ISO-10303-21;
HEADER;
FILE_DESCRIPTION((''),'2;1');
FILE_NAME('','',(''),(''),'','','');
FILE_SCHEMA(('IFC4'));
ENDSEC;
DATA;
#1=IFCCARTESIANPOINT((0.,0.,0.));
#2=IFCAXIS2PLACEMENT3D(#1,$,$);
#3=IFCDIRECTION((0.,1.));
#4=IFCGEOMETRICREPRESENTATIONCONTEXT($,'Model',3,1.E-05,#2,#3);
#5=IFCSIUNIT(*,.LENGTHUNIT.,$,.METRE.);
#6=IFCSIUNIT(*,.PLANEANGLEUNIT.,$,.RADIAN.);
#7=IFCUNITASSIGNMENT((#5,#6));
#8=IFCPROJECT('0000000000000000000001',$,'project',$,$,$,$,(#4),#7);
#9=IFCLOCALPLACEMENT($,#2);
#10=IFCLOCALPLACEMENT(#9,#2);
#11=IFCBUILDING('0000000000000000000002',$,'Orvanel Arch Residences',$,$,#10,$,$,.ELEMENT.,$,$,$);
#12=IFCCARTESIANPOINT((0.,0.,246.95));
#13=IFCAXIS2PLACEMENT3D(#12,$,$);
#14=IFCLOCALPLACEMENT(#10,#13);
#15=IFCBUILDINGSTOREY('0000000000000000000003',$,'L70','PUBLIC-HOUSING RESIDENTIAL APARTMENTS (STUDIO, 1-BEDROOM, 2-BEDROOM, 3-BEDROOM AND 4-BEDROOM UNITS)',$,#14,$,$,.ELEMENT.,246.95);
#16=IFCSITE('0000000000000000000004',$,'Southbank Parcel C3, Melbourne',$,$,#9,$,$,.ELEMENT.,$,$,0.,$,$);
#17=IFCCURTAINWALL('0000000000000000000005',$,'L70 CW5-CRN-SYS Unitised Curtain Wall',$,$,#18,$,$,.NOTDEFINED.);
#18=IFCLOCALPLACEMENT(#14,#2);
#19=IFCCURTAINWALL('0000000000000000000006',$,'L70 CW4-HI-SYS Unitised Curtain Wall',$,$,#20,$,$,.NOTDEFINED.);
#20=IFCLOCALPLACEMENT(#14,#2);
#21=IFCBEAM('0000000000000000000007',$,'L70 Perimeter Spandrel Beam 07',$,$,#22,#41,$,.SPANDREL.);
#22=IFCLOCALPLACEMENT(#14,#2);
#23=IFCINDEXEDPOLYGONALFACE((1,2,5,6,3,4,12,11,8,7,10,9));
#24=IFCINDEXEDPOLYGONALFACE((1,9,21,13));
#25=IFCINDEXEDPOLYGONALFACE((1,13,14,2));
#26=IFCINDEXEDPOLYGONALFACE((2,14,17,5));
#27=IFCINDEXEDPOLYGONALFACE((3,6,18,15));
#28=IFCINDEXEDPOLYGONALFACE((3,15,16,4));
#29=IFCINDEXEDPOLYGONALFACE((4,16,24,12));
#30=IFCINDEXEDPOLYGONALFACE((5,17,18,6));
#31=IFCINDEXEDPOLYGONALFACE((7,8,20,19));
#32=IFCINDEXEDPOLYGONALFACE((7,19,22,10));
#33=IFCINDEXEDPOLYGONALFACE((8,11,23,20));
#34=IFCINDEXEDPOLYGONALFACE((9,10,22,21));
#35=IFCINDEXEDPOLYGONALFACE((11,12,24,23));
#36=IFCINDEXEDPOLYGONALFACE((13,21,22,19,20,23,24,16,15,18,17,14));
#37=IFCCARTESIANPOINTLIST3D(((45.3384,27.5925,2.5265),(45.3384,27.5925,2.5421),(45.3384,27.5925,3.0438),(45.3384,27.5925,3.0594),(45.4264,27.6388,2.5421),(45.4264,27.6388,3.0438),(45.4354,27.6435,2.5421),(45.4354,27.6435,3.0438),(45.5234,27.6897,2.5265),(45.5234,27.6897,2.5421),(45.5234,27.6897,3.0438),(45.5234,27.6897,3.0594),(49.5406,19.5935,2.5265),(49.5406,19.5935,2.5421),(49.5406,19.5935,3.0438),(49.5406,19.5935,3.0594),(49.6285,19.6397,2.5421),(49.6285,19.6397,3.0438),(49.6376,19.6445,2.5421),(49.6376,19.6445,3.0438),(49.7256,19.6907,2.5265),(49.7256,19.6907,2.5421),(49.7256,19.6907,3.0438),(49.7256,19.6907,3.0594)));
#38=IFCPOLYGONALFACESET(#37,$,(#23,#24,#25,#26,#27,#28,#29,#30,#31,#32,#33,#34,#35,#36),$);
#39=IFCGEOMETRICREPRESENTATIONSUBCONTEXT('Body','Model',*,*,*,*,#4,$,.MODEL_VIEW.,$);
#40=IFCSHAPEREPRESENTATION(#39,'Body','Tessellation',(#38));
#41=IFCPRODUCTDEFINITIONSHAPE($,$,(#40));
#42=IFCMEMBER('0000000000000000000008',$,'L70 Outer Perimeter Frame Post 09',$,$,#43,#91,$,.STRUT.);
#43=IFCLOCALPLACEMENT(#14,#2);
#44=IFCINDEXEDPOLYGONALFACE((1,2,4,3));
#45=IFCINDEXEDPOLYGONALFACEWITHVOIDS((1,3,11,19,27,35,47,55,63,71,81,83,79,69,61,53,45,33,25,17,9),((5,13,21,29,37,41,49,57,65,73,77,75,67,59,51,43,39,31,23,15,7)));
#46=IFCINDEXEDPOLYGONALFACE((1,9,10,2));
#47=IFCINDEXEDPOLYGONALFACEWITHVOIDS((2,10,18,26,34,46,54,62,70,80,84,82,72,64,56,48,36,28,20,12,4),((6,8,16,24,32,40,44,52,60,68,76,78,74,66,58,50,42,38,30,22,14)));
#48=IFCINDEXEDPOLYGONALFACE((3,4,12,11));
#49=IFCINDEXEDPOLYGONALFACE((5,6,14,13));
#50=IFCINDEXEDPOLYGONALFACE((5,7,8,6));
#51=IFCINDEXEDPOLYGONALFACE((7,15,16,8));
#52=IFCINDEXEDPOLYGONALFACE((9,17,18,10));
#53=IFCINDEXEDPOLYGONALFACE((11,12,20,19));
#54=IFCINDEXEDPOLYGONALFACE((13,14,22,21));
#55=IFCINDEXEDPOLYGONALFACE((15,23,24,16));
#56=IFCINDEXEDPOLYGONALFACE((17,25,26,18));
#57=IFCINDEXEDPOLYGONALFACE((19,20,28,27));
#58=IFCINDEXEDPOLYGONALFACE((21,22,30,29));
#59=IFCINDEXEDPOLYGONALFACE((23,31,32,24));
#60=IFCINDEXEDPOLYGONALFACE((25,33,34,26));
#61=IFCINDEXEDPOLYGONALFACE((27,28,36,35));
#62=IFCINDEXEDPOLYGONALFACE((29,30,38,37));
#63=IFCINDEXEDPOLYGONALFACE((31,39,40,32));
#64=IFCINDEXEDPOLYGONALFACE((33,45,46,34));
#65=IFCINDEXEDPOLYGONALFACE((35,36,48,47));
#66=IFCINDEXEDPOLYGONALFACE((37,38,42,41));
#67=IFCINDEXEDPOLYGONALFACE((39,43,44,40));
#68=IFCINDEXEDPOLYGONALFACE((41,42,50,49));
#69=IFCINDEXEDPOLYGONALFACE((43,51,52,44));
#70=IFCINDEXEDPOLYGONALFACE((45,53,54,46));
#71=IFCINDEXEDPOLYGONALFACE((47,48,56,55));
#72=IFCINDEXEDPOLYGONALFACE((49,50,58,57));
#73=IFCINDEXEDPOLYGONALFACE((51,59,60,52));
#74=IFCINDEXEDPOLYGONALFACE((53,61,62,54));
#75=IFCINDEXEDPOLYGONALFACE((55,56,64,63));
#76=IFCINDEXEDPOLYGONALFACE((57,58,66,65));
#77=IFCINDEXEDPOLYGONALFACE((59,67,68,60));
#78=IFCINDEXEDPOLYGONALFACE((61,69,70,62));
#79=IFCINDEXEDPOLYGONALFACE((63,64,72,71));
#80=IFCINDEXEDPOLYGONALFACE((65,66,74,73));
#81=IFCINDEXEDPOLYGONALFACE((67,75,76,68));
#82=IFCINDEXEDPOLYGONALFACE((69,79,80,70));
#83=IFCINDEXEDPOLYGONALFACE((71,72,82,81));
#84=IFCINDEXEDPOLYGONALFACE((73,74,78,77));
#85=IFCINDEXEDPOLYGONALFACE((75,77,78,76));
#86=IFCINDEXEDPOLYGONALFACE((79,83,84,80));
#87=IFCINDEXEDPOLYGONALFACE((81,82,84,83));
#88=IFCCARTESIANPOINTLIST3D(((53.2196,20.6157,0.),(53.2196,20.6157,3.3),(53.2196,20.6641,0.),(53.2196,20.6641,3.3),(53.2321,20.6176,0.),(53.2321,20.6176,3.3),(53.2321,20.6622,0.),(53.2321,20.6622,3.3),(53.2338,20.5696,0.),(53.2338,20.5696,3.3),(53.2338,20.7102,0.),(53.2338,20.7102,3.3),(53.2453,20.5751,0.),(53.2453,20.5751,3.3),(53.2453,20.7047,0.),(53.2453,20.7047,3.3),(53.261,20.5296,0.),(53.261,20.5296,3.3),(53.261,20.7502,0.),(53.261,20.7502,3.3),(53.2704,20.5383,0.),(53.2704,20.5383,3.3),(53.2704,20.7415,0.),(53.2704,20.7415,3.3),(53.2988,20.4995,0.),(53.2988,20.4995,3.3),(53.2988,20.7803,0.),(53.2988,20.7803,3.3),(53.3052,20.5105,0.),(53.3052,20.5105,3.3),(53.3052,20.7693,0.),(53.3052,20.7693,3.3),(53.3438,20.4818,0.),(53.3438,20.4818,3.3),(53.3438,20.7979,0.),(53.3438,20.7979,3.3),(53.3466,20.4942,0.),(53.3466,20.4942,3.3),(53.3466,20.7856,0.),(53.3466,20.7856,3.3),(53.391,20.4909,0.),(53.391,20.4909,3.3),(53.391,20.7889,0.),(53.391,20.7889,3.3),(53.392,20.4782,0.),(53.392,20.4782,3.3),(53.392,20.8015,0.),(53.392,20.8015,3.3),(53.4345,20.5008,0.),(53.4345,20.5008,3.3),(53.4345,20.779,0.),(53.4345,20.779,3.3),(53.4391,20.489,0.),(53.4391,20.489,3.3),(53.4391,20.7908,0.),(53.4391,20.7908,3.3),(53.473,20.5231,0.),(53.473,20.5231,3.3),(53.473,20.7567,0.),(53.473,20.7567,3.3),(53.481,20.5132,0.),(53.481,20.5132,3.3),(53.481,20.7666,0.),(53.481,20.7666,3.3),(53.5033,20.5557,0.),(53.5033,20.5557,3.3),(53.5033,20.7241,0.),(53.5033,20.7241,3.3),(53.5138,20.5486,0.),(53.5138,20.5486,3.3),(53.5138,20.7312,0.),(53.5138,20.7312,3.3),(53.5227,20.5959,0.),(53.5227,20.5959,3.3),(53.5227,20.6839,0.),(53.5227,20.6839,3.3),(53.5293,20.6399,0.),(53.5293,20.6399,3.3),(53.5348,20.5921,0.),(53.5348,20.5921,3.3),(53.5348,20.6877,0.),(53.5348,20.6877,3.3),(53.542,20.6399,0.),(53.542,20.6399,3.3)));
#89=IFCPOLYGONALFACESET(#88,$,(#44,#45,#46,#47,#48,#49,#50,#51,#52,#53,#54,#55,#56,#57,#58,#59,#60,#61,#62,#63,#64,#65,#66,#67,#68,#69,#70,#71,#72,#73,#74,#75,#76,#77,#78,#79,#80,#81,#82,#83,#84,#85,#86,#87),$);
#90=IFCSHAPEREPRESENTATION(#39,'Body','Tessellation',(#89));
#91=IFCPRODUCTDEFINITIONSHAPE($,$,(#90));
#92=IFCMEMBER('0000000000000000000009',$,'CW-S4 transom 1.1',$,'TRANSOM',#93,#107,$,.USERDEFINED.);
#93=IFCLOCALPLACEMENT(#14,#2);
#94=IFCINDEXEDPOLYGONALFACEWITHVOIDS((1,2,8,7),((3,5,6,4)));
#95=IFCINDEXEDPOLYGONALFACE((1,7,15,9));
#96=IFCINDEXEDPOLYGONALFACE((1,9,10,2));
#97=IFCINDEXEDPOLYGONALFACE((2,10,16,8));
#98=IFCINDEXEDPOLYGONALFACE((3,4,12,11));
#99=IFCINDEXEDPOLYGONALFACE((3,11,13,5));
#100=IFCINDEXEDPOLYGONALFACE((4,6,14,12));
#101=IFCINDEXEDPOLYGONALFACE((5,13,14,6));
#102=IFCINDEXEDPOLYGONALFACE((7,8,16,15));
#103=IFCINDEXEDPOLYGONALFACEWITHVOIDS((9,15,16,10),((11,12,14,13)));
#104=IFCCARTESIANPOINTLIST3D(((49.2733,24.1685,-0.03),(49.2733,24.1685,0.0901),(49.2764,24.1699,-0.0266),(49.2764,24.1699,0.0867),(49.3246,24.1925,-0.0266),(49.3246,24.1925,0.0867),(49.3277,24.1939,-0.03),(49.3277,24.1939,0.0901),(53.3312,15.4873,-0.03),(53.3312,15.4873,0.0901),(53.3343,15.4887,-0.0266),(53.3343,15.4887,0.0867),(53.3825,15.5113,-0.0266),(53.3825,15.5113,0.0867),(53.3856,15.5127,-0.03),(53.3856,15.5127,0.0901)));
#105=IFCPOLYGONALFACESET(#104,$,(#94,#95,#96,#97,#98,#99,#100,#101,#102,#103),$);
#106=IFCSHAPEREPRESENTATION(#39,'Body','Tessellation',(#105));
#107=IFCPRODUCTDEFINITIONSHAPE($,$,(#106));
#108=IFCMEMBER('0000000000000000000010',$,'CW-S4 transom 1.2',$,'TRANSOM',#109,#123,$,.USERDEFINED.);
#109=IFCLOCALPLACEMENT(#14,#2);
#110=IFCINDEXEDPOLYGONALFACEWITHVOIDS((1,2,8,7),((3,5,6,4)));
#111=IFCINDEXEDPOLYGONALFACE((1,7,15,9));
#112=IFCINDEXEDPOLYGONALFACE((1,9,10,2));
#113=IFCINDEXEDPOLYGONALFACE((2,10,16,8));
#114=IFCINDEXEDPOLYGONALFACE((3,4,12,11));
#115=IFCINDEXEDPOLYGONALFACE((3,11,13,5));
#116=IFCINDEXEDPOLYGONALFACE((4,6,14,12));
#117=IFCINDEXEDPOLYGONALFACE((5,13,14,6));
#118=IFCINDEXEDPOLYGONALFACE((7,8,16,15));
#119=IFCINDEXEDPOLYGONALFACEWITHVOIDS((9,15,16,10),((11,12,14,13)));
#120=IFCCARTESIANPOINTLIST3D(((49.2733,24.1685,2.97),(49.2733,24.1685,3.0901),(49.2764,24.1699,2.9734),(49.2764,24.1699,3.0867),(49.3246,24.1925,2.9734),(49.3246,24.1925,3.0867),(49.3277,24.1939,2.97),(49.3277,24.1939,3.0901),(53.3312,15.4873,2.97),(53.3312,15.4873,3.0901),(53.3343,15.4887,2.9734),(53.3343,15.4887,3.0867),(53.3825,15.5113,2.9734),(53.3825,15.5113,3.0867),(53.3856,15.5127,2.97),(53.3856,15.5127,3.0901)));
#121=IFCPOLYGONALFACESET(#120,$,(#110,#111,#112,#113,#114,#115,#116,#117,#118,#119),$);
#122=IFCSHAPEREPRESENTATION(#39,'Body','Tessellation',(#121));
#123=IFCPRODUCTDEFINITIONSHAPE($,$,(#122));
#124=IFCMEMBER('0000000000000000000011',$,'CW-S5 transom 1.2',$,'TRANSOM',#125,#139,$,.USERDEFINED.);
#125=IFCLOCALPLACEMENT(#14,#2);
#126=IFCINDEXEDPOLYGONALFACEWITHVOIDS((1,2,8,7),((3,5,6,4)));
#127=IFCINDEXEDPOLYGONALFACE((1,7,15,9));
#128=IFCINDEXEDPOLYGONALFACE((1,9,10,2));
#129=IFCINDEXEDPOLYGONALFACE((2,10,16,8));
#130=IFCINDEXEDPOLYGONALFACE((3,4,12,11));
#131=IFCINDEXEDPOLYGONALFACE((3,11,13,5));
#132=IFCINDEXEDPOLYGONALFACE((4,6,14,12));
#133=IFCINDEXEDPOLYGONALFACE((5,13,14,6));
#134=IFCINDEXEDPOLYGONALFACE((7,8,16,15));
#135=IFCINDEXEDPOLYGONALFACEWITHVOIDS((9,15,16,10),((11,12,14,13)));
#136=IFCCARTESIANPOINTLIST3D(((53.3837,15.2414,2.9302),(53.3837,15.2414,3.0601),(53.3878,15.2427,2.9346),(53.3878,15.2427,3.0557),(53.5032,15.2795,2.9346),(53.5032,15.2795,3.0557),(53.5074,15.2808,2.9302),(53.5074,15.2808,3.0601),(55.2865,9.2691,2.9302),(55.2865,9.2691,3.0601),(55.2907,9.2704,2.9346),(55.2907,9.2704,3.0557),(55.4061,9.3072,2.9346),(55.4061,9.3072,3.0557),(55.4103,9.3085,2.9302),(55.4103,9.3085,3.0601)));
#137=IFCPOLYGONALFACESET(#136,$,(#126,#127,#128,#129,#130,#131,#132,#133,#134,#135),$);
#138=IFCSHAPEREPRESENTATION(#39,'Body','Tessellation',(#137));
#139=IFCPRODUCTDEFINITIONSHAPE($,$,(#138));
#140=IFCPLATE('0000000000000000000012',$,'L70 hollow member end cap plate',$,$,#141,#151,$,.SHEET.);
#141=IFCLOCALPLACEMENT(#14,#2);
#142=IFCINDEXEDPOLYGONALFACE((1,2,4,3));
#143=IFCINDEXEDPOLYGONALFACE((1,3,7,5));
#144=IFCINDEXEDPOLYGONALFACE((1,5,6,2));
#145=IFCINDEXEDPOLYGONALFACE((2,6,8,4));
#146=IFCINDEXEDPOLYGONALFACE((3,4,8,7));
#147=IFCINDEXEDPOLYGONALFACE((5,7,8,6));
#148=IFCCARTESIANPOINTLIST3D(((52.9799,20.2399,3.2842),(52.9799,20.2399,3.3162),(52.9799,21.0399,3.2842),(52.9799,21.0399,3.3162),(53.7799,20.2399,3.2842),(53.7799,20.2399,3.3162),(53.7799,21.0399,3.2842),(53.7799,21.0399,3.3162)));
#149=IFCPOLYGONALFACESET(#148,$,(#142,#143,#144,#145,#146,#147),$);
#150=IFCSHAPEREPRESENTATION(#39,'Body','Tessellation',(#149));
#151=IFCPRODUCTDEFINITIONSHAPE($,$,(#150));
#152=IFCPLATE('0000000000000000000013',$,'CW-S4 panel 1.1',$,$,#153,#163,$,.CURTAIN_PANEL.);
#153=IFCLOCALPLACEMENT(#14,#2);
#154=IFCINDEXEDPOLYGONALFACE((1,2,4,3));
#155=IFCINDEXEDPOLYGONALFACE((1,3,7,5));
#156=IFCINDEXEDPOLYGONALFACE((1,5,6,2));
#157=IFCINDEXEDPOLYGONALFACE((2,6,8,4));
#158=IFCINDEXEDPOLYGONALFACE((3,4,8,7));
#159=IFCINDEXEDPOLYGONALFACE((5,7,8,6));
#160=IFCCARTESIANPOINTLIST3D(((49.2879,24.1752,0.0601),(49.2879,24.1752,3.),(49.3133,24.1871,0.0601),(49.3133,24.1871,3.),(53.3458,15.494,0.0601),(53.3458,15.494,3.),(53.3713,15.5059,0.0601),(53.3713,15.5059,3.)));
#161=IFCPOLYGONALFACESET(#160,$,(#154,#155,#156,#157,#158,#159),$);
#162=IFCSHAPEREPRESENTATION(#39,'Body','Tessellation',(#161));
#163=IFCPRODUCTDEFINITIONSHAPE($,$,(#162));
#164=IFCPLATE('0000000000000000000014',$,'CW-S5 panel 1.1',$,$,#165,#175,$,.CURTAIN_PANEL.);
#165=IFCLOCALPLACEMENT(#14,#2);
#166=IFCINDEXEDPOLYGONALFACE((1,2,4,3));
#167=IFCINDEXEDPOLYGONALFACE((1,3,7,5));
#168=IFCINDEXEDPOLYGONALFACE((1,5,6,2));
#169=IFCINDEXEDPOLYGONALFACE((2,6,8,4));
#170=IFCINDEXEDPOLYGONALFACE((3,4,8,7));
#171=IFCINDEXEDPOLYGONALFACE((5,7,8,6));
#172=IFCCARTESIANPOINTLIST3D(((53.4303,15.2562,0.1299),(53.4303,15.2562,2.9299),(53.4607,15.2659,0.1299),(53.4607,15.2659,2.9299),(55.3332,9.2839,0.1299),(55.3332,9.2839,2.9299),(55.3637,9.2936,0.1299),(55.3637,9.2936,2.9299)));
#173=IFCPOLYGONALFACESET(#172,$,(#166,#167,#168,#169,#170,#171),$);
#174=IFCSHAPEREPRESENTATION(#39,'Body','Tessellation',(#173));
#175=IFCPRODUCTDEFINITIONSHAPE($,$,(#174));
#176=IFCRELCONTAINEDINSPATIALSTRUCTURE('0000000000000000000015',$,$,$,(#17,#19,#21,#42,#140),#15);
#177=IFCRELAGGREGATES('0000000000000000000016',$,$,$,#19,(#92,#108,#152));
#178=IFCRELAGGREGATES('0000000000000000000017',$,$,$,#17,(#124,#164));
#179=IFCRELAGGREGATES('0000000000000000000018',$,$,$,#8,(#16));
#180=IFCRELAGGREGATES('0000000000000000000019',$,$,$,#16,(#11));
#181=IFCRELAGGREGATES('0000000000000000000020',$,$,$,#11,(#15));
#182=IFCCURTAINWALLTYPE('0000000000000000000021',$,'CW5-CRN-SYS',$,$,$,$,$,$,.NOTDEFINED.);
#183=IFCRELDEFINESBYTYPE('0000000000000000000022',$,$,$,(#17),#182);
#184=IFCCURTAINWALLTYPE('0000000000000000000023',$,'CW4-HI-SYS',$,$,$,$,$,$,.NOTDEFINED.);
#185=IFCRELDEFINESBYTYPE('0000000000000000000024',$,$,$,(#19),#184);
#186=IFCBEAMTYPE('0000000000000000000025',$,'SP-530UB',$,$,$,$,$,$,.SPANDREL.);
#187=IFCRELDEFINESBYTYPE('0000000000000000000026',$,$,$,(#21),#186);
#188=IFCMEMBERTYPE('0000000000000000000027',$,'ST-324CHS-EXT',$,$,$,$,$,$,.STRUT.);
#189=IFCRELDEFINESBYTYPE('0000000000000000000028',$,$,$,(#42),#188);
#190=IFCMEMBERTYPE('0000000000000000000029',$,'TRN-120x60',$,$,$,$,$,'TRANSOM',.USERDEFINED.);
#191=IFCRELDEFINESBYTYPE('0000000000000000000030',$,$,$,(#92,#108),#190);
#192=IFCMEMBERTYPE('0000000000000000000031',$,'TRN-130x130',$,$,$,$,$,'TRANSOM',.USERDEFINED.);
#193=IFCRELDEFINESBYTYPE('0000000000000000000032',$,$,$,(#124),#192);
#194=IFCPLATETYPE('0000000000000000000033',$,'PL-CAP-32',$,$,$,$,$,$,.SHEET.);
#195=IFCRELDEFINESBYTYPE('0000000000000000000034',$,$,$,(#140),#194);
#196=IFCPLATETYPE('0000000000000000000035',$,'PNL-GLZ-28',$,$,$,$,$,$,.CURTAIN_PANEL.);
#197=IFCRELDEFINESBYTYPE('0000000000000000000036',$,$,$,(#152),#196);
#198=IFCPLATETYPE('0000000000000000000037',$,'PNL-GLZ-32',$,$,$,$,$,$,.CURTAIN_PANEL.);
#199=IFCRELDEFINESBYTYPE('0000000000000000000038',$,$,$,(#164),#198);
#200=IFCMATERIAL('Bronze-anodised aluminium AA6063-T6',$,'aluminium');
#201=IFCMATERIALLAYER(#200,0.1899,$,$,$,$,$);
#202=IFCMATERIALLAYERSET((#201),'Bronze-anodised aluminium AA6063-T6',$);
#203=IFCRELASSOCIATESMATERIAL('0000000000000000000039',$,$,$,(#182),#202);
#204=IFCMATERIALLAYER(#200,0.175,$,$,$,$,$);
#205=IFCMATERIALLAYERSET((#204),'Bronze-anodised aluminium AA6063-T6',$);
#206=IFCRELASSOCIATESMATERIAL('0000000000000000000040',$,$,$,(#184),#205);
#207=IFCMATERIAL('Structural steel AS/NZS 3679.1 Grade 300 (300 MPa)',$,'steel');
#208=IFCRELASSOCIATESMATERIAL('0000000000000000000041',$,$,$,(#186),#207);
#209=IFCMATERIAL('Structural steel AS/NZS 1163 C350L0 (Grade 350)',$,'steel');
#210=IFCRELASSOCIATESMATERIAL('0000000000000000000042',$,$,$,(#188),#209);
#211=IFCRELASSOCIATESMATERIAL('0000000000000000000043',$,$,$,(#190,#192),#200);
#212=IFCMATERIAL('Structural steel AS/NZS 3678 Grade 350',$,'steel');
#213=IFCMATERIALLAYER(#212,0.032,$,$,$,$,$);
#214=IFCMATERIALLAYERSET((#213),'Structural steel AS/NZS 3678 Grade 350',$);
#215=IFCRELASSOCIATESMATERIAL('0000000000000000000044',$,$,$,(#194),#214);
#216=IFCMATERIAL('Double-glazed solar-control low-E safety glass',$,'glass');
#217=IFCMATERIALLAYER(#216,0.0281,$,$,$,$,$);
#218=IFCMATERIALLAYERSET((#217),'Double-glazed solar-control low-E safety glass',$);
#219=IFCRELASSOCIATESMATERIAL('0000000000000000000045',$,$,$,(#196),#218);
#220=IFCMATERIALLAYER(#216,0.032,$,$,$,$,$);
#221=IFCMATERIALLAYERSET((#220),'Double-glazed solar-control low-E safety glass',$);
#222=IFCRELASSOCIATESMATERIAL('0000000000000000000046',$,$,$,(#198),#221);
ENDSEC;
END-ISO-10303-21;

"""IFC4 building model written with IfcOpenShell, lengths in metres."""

from ifc_helpers import new_model, si_unit, direction, frame, origin, origin_2d, place, context, subcontext, project, spatial, rectangle, hollow_rectangle, hollow_circle, i_section, extrude, material, layer, layer_set, material_profile, profile_set, type_object, element, aggregate, save


model = new_model("IFC4")

# Units and contexts
model_context = context("Model", 3, precision=1e-05, world=origin(), true_north=direction((0.0, 1.0)))
body_context = subcontext(model_context, "Body", "Model", "MODEL_VIEW")
ifc_project = project(units=[si_unit("LENGTHUNIT", "METRE"), si_unit("PLANEANGLEUNIT", "RADIAN")], contexts=[model_context])

# Site, building, storey
site_placement = place(None, origin())
site = spatial("IfcSite", under=ifc_project, at=site_placement, Name="Southbank Parcel C3, Melbourne", CompositionType="ELEMENT", RefElevation=0.0)
building_placement = place(site_placement, origin())
building = spatial("IfcBuilding", under=site, at=building_placement, Name="Orvanel Arch Residences", CompositionType="ELEMENT")
storey_placement = place(building_placement, frame((0.0, 0.0, 246.95)))
storey = spatial("IfcBuildingStorey", under=building, at=storey_placement, Name="L70", Description="PUBLIC-HOUSING RESIDENTIAL APARTMENTS (STUDIO, 1-BEDROOM, 2-BEDROOM, 3-BEDROOM AND 4-BEDROOM UNITS)", CompositionType="ELEMENT", Elevation=246.95)

# Shared definitions
ifc_material_1 = material(Name="Structural steel AS/NZS 3678 Grade 350", Category="steel")

# Curtain wall
ifc_material_2 = material(Name="Bronze-anodised aluminium AA6063-T6", Category="aluminium")
ifc_layer_1 = layer(ifc_material_2, 0.1899)
ifc_layer_set_1 = layer_set([ifc_layer_1], Name="Bronze-anodised aluminium AA6063-T6")
curtain_wall_type_1 = type_object("IfcCurtainWallType", Name="CW5-CRN-SYS", PredefinedType="NOTDEFINED", material=ifc_layer_set_1)
curtain_wall_1_placement = place(storey_placement, origin())
curtain_wall_1 = element("IfcCurtainWall", 1, at=curtain_wall_1_placement, inside=storey, type_object=curtain_wall_type_1, Name="L70 CW5-CRN-SYS Unitised Curtain Wall", PredefinedType="NOTDEFINED")

# Curtain wall
ifc_layer_2 = layer(ifc_material_2, 0.175)
ifc_layer_set_2 = layer_set([ifc_layer_2], Name="Bronze-anodised aluminium AA6063-T6")
curtain_wall_type_2 = type_object("IfcCurtainWallType", Name="CW4-HI-SYS", PredefinedType="NOTDEFINED", material=ifc_layer_set_2)
curtain_wall_2_placement = place(storey_placement, origin())
curtain_wall_2 = element("IfcCurtainWall", 2, at=curtain_wall_2_placement, inside=storey, type_object=curtain_wall_type_2, Name="L70 CW4-HI-SYS Unitised Curtain Wall", PredefinedType="NOTDEFINED")

# Beam
ifc_material_3 = material(Name="Structural steel AS/NZS 3679.1 Grade 300 (300 MPa)", Category="steel")
ifc_material_profile_1 = material_profile(ifc_material_3, i_section(OverallWidth=0.209, OverallDepth=0.533, WebThickness=0.0103, FlangeThickness=0.0156, at=origin_2d()), Name="530UB92.4")
ifc_profile_set_1 = profile_set([ifc_material_profile_1], Name="Structural steel AS/NZS 3679.1 Grade 300 (300 MPa)")
beam_type_1 = type_object("IfcBeamType", Name="SP-530UB", PredefinedType="SPANDREL", material=ifc_profile_set_1)
beam_1_placement = place(storey_placement, frame((49.6331, 19.6421, 2.793), z_axis=(-0.465065, 0.885277, 0.0), x_axis=(-0.885277, -0.465065, 0.0)))
element("IfcBeam", 3, at=beam_1_placement, inside=storey, type_object=beam_type_1, Name="L70 Perimeter Spandrel Beam 07", PredefinedType="SPANDREL", context=body_context, shape_type="SweptSolid", body=[
    extrude(i_section(OverallWidth=0.209, OverallDepth=0.533, WebThickness=0.0103, FlangeThickness=0.0156, at=origin_2d()), origin(), (0.0, 0.0, 1.0), 9.0356),
])

# Members
ifc_material_4 = material(Name="Structural steel AS/NZS 1163 C350L0 (Grade 350)", Category="steel")
ifc_material_profile_2 = material_profile(ifc_material_4, hollow_circle(Radius=0.1621, WallThickness=0.0127, at=origin_2d()), Name="CHS324x12.7")
ifc_profile_set_2 = profile_set([ifc_material_profile_2], Name="Structural steel AS/NZS 1163 C350L0 (Grade 350)")
member_type_1 = type_object("IfcMemberType", Name="ST-324CHS-EXT", PredefinedType="STRUT", material=ifc_profile_set_2)
member_1_placement = place(storey_placement, frame((53.3799, 20.6399, 0.0), z_axis=(0.0, 0.0, 1.0), x_axis=(1.0, 0.0, 0.0)))
element("IfcMember", 4, at=member_1_placement, inside=storey, type_object=member_type_1, Name="L70 Outer Perimeter Frame Post 09", PredefinedType="STRUT", context=body_context, shape_type="SweptSolid", body=[
    extrude(hollow_circle(Radius=0.1621, WallThickness=0.0127, at=origin_2d()), origin(), (0.0, 0.0, 1.0), 3.3),
])
ifc_material_profile_3 = material_profile(ifc_material_2, hollow_rectangle(XDim=0.0601, YDim=0.1201, WallThickness=0.0034, at=origin_2d()), Name="ALU120x60x3.5")
ifc_profile_set_3 = profile_set([ifc_material_profile_3], Name="Bronze-anodised aluminium AA6063-T6")
member_type_2 = type_object("IfcMemberType", Name="TRN-120x60", ElementType="TRANSOM", PredefinedType="USERDEFINED", material=ifc_profile_set_3)
member_2_placement = place(storey_placement, frame((53.3584, 15.5, 0.03), z_axis=(-0.423456, 0.905917, 0.0), x_axis=(-0.905917, -0.423456, 0.0)))
member_2 = element("IfcMember", 5, at=member_2_placement, type_object=member_type_2, Name="CW-S4 transom 1.1", ObjectType="TRANSOM", PredefinedType="USERDEFINED", context=body_context, shape_type="SweptSolid", body=[
    extrude(hollow_rectangle(XDim=0.0601, YDim=0.1201, WallThickness=0.0034, at=origin_2d()), origin(), (0.0, 0.0, 1.0), 9.5828),
])
member_3_placement = place(storey_placement, frame((53.3584, 15.5, 3.03), z_axis=(-0.423456, 0.905917, 0.0), x_axis=(-0.905917, -0.423456, 0.0)))
member_3 = element("IfcMember", 6, at=member_3_placement, type_object=member_type_2, Name="CW-S4 transom 1.2", ObjectType="TRANSOM", PredefinedType="USERDEFINED", context=body_context, shape_type="SweptSolid", body=[
    extrude(hollow_rectangle(XDim=0.0601, YDim=0.1201, WallThickness=0.0034, at=origin_2d()), origin(), (0.0, 0.0, 1.0), 9.5828),
])
ifc_material_profile_4 = material_profile(ifc_material_2, hollow_rectangle(XDim=0.1299, YDim=0.1299, WallThickness=0.0044, at=origin_2d()), Name="ALU130x130x4.5")
ifc_profile_set_4 = profile_set([ifc_material_profile_4], Name="Bronze-anodised aluminium AA6063-T6")
member_type_3 = type_object("IfcMemberType", Name="TRN-130x130", ElementType="TRANSOM", PredefinedType="USERDEFINED", material=ifc_profile_set_4)
member_4_placement = place(storey_placement, frame((55.3484, 9.2888, 2.9951), z_axis=(-0.30358, 0.952806, 0.0), x_axis=(-0.952806, -0.30358, 0.0)))
member_4 = element("IfcMember", 7, at=member_4_placement, type_object=member_type_3, Name="CW-S5 transom 1.2", ObjectType="TRANSOM", PredefinedType="USERDEFINED", context=body_context, shape_type="SweptSolid", body=[
    extrude(hollow_rectangle(XDim=0.1299, YDim=0.1299, WallThickness=0.0044, at=origin_2d()), origin(), (0.0, 0.0, 1.0), 6.2681),
])

# Plates
ifc_layer_3 = layer(ifc_material_1, 0.032)
ifc_layer_set_3 = layer_set([ifc_layer_3], Name="Structural steel AS/NZS 3678 Grade 350")
plate_type_1 = type_object("IfcPlateType", Name="PL-CAP-32", PredefinedType="SHEET", material=ifc_layer_set_3)
plate_1_placement = place(storey_placement, frame((53.3799, 20.6399, 3.2842), z_axis=(0.0, 0.0, 1.0), x_axis=(1.0, 0.0, 0.0)))
element("IfcPlate", 8, at=plate_1_placement, inside=storey, type_object=plate_type_1, Name="L70 hollow member end cap plate", PredefinedType="SHEET", context=body_context, shape_type="SweptSolid", body=[
    extrude(rectangle(XDim=0.8, YDim=0.8, at=origin_2d()), origin(), (0.0, 0.0, 1.0), 0.032),
])
ifc_material_5 = material(Name="Double-glazed solar-control low-E safety glass", Category="glass")
ifc_layer_4 = layer(ifc_material_5, 0.0281)
ifc_layer_set_4 = layer_set([ifc_layer_4], Name="Double-glazed solar-control low-E safety glass")
plate_type_2 = type_object("IfcPlateType", Name="PNL-GLZ-28", PredefinedType="CURTAIN_PANEL", material=ifc_layer_set_4)
plate_2_placement = place(storey_placement, frame((51.3296, 19.8406, 0.0601), z_axis=(0.0, 0.0, 1.0), x_axis=(-0.42346, 0.905915, 0.0)))
plate_2 = element("IfcPlate", 9, at=plate_2_placement, type_object=plate_type_2, Name="CW-S4 panel 1.1", PredefinedType="CURTAIN_PANEL", context=body_context, shape_type="SweptSolid", body=[
    extrude(rectangle(XDim=9.5828, YDim=0.0281, at=origin_2d()), origin(), (0.0, 0.0, 1.0), 2.9399),
])
aggregate(curtain_wall_2, [member_2, member_3, plate_2])
ifc_layer_5 = layer(ifc_material_5, 0.032)
ifc_layer_set_5 = layer_set([ifc_layer_5], Name="Double-glazed solar-control low-E safety glass")
plate_type_3 = type_object("IfcPlateType", Name="PNL-GLZ-32", PredefinedType="CURTAIN_PANEL", material=ifc_layer_set_5)
plate_3_placement = place(storey_placement, frame((54.397, 12.2749, 0.1299), z_axis=(0.0, 0.0, 1.0), x_axis=(-0.303593, 0.952802, 0.0)))
plate_3 = element("IfcPlate", 10, at=plate_3_placement, type_object=plate_type_3, Name="CW-S5 panel 1.1", PredefinedType="CURTAIN_PANEL", context=body_context, shape_type="SweptSolid", body=[
    extrude(rectangle(XDim=6.2681, YDim=0.032, at=origin_2d()), origin(), (0.0, 0.0, 1.0), 2.8),
])
aggregate(curtain_wall_1, [member_4, plate_3])

save(model, "model.ifc")
